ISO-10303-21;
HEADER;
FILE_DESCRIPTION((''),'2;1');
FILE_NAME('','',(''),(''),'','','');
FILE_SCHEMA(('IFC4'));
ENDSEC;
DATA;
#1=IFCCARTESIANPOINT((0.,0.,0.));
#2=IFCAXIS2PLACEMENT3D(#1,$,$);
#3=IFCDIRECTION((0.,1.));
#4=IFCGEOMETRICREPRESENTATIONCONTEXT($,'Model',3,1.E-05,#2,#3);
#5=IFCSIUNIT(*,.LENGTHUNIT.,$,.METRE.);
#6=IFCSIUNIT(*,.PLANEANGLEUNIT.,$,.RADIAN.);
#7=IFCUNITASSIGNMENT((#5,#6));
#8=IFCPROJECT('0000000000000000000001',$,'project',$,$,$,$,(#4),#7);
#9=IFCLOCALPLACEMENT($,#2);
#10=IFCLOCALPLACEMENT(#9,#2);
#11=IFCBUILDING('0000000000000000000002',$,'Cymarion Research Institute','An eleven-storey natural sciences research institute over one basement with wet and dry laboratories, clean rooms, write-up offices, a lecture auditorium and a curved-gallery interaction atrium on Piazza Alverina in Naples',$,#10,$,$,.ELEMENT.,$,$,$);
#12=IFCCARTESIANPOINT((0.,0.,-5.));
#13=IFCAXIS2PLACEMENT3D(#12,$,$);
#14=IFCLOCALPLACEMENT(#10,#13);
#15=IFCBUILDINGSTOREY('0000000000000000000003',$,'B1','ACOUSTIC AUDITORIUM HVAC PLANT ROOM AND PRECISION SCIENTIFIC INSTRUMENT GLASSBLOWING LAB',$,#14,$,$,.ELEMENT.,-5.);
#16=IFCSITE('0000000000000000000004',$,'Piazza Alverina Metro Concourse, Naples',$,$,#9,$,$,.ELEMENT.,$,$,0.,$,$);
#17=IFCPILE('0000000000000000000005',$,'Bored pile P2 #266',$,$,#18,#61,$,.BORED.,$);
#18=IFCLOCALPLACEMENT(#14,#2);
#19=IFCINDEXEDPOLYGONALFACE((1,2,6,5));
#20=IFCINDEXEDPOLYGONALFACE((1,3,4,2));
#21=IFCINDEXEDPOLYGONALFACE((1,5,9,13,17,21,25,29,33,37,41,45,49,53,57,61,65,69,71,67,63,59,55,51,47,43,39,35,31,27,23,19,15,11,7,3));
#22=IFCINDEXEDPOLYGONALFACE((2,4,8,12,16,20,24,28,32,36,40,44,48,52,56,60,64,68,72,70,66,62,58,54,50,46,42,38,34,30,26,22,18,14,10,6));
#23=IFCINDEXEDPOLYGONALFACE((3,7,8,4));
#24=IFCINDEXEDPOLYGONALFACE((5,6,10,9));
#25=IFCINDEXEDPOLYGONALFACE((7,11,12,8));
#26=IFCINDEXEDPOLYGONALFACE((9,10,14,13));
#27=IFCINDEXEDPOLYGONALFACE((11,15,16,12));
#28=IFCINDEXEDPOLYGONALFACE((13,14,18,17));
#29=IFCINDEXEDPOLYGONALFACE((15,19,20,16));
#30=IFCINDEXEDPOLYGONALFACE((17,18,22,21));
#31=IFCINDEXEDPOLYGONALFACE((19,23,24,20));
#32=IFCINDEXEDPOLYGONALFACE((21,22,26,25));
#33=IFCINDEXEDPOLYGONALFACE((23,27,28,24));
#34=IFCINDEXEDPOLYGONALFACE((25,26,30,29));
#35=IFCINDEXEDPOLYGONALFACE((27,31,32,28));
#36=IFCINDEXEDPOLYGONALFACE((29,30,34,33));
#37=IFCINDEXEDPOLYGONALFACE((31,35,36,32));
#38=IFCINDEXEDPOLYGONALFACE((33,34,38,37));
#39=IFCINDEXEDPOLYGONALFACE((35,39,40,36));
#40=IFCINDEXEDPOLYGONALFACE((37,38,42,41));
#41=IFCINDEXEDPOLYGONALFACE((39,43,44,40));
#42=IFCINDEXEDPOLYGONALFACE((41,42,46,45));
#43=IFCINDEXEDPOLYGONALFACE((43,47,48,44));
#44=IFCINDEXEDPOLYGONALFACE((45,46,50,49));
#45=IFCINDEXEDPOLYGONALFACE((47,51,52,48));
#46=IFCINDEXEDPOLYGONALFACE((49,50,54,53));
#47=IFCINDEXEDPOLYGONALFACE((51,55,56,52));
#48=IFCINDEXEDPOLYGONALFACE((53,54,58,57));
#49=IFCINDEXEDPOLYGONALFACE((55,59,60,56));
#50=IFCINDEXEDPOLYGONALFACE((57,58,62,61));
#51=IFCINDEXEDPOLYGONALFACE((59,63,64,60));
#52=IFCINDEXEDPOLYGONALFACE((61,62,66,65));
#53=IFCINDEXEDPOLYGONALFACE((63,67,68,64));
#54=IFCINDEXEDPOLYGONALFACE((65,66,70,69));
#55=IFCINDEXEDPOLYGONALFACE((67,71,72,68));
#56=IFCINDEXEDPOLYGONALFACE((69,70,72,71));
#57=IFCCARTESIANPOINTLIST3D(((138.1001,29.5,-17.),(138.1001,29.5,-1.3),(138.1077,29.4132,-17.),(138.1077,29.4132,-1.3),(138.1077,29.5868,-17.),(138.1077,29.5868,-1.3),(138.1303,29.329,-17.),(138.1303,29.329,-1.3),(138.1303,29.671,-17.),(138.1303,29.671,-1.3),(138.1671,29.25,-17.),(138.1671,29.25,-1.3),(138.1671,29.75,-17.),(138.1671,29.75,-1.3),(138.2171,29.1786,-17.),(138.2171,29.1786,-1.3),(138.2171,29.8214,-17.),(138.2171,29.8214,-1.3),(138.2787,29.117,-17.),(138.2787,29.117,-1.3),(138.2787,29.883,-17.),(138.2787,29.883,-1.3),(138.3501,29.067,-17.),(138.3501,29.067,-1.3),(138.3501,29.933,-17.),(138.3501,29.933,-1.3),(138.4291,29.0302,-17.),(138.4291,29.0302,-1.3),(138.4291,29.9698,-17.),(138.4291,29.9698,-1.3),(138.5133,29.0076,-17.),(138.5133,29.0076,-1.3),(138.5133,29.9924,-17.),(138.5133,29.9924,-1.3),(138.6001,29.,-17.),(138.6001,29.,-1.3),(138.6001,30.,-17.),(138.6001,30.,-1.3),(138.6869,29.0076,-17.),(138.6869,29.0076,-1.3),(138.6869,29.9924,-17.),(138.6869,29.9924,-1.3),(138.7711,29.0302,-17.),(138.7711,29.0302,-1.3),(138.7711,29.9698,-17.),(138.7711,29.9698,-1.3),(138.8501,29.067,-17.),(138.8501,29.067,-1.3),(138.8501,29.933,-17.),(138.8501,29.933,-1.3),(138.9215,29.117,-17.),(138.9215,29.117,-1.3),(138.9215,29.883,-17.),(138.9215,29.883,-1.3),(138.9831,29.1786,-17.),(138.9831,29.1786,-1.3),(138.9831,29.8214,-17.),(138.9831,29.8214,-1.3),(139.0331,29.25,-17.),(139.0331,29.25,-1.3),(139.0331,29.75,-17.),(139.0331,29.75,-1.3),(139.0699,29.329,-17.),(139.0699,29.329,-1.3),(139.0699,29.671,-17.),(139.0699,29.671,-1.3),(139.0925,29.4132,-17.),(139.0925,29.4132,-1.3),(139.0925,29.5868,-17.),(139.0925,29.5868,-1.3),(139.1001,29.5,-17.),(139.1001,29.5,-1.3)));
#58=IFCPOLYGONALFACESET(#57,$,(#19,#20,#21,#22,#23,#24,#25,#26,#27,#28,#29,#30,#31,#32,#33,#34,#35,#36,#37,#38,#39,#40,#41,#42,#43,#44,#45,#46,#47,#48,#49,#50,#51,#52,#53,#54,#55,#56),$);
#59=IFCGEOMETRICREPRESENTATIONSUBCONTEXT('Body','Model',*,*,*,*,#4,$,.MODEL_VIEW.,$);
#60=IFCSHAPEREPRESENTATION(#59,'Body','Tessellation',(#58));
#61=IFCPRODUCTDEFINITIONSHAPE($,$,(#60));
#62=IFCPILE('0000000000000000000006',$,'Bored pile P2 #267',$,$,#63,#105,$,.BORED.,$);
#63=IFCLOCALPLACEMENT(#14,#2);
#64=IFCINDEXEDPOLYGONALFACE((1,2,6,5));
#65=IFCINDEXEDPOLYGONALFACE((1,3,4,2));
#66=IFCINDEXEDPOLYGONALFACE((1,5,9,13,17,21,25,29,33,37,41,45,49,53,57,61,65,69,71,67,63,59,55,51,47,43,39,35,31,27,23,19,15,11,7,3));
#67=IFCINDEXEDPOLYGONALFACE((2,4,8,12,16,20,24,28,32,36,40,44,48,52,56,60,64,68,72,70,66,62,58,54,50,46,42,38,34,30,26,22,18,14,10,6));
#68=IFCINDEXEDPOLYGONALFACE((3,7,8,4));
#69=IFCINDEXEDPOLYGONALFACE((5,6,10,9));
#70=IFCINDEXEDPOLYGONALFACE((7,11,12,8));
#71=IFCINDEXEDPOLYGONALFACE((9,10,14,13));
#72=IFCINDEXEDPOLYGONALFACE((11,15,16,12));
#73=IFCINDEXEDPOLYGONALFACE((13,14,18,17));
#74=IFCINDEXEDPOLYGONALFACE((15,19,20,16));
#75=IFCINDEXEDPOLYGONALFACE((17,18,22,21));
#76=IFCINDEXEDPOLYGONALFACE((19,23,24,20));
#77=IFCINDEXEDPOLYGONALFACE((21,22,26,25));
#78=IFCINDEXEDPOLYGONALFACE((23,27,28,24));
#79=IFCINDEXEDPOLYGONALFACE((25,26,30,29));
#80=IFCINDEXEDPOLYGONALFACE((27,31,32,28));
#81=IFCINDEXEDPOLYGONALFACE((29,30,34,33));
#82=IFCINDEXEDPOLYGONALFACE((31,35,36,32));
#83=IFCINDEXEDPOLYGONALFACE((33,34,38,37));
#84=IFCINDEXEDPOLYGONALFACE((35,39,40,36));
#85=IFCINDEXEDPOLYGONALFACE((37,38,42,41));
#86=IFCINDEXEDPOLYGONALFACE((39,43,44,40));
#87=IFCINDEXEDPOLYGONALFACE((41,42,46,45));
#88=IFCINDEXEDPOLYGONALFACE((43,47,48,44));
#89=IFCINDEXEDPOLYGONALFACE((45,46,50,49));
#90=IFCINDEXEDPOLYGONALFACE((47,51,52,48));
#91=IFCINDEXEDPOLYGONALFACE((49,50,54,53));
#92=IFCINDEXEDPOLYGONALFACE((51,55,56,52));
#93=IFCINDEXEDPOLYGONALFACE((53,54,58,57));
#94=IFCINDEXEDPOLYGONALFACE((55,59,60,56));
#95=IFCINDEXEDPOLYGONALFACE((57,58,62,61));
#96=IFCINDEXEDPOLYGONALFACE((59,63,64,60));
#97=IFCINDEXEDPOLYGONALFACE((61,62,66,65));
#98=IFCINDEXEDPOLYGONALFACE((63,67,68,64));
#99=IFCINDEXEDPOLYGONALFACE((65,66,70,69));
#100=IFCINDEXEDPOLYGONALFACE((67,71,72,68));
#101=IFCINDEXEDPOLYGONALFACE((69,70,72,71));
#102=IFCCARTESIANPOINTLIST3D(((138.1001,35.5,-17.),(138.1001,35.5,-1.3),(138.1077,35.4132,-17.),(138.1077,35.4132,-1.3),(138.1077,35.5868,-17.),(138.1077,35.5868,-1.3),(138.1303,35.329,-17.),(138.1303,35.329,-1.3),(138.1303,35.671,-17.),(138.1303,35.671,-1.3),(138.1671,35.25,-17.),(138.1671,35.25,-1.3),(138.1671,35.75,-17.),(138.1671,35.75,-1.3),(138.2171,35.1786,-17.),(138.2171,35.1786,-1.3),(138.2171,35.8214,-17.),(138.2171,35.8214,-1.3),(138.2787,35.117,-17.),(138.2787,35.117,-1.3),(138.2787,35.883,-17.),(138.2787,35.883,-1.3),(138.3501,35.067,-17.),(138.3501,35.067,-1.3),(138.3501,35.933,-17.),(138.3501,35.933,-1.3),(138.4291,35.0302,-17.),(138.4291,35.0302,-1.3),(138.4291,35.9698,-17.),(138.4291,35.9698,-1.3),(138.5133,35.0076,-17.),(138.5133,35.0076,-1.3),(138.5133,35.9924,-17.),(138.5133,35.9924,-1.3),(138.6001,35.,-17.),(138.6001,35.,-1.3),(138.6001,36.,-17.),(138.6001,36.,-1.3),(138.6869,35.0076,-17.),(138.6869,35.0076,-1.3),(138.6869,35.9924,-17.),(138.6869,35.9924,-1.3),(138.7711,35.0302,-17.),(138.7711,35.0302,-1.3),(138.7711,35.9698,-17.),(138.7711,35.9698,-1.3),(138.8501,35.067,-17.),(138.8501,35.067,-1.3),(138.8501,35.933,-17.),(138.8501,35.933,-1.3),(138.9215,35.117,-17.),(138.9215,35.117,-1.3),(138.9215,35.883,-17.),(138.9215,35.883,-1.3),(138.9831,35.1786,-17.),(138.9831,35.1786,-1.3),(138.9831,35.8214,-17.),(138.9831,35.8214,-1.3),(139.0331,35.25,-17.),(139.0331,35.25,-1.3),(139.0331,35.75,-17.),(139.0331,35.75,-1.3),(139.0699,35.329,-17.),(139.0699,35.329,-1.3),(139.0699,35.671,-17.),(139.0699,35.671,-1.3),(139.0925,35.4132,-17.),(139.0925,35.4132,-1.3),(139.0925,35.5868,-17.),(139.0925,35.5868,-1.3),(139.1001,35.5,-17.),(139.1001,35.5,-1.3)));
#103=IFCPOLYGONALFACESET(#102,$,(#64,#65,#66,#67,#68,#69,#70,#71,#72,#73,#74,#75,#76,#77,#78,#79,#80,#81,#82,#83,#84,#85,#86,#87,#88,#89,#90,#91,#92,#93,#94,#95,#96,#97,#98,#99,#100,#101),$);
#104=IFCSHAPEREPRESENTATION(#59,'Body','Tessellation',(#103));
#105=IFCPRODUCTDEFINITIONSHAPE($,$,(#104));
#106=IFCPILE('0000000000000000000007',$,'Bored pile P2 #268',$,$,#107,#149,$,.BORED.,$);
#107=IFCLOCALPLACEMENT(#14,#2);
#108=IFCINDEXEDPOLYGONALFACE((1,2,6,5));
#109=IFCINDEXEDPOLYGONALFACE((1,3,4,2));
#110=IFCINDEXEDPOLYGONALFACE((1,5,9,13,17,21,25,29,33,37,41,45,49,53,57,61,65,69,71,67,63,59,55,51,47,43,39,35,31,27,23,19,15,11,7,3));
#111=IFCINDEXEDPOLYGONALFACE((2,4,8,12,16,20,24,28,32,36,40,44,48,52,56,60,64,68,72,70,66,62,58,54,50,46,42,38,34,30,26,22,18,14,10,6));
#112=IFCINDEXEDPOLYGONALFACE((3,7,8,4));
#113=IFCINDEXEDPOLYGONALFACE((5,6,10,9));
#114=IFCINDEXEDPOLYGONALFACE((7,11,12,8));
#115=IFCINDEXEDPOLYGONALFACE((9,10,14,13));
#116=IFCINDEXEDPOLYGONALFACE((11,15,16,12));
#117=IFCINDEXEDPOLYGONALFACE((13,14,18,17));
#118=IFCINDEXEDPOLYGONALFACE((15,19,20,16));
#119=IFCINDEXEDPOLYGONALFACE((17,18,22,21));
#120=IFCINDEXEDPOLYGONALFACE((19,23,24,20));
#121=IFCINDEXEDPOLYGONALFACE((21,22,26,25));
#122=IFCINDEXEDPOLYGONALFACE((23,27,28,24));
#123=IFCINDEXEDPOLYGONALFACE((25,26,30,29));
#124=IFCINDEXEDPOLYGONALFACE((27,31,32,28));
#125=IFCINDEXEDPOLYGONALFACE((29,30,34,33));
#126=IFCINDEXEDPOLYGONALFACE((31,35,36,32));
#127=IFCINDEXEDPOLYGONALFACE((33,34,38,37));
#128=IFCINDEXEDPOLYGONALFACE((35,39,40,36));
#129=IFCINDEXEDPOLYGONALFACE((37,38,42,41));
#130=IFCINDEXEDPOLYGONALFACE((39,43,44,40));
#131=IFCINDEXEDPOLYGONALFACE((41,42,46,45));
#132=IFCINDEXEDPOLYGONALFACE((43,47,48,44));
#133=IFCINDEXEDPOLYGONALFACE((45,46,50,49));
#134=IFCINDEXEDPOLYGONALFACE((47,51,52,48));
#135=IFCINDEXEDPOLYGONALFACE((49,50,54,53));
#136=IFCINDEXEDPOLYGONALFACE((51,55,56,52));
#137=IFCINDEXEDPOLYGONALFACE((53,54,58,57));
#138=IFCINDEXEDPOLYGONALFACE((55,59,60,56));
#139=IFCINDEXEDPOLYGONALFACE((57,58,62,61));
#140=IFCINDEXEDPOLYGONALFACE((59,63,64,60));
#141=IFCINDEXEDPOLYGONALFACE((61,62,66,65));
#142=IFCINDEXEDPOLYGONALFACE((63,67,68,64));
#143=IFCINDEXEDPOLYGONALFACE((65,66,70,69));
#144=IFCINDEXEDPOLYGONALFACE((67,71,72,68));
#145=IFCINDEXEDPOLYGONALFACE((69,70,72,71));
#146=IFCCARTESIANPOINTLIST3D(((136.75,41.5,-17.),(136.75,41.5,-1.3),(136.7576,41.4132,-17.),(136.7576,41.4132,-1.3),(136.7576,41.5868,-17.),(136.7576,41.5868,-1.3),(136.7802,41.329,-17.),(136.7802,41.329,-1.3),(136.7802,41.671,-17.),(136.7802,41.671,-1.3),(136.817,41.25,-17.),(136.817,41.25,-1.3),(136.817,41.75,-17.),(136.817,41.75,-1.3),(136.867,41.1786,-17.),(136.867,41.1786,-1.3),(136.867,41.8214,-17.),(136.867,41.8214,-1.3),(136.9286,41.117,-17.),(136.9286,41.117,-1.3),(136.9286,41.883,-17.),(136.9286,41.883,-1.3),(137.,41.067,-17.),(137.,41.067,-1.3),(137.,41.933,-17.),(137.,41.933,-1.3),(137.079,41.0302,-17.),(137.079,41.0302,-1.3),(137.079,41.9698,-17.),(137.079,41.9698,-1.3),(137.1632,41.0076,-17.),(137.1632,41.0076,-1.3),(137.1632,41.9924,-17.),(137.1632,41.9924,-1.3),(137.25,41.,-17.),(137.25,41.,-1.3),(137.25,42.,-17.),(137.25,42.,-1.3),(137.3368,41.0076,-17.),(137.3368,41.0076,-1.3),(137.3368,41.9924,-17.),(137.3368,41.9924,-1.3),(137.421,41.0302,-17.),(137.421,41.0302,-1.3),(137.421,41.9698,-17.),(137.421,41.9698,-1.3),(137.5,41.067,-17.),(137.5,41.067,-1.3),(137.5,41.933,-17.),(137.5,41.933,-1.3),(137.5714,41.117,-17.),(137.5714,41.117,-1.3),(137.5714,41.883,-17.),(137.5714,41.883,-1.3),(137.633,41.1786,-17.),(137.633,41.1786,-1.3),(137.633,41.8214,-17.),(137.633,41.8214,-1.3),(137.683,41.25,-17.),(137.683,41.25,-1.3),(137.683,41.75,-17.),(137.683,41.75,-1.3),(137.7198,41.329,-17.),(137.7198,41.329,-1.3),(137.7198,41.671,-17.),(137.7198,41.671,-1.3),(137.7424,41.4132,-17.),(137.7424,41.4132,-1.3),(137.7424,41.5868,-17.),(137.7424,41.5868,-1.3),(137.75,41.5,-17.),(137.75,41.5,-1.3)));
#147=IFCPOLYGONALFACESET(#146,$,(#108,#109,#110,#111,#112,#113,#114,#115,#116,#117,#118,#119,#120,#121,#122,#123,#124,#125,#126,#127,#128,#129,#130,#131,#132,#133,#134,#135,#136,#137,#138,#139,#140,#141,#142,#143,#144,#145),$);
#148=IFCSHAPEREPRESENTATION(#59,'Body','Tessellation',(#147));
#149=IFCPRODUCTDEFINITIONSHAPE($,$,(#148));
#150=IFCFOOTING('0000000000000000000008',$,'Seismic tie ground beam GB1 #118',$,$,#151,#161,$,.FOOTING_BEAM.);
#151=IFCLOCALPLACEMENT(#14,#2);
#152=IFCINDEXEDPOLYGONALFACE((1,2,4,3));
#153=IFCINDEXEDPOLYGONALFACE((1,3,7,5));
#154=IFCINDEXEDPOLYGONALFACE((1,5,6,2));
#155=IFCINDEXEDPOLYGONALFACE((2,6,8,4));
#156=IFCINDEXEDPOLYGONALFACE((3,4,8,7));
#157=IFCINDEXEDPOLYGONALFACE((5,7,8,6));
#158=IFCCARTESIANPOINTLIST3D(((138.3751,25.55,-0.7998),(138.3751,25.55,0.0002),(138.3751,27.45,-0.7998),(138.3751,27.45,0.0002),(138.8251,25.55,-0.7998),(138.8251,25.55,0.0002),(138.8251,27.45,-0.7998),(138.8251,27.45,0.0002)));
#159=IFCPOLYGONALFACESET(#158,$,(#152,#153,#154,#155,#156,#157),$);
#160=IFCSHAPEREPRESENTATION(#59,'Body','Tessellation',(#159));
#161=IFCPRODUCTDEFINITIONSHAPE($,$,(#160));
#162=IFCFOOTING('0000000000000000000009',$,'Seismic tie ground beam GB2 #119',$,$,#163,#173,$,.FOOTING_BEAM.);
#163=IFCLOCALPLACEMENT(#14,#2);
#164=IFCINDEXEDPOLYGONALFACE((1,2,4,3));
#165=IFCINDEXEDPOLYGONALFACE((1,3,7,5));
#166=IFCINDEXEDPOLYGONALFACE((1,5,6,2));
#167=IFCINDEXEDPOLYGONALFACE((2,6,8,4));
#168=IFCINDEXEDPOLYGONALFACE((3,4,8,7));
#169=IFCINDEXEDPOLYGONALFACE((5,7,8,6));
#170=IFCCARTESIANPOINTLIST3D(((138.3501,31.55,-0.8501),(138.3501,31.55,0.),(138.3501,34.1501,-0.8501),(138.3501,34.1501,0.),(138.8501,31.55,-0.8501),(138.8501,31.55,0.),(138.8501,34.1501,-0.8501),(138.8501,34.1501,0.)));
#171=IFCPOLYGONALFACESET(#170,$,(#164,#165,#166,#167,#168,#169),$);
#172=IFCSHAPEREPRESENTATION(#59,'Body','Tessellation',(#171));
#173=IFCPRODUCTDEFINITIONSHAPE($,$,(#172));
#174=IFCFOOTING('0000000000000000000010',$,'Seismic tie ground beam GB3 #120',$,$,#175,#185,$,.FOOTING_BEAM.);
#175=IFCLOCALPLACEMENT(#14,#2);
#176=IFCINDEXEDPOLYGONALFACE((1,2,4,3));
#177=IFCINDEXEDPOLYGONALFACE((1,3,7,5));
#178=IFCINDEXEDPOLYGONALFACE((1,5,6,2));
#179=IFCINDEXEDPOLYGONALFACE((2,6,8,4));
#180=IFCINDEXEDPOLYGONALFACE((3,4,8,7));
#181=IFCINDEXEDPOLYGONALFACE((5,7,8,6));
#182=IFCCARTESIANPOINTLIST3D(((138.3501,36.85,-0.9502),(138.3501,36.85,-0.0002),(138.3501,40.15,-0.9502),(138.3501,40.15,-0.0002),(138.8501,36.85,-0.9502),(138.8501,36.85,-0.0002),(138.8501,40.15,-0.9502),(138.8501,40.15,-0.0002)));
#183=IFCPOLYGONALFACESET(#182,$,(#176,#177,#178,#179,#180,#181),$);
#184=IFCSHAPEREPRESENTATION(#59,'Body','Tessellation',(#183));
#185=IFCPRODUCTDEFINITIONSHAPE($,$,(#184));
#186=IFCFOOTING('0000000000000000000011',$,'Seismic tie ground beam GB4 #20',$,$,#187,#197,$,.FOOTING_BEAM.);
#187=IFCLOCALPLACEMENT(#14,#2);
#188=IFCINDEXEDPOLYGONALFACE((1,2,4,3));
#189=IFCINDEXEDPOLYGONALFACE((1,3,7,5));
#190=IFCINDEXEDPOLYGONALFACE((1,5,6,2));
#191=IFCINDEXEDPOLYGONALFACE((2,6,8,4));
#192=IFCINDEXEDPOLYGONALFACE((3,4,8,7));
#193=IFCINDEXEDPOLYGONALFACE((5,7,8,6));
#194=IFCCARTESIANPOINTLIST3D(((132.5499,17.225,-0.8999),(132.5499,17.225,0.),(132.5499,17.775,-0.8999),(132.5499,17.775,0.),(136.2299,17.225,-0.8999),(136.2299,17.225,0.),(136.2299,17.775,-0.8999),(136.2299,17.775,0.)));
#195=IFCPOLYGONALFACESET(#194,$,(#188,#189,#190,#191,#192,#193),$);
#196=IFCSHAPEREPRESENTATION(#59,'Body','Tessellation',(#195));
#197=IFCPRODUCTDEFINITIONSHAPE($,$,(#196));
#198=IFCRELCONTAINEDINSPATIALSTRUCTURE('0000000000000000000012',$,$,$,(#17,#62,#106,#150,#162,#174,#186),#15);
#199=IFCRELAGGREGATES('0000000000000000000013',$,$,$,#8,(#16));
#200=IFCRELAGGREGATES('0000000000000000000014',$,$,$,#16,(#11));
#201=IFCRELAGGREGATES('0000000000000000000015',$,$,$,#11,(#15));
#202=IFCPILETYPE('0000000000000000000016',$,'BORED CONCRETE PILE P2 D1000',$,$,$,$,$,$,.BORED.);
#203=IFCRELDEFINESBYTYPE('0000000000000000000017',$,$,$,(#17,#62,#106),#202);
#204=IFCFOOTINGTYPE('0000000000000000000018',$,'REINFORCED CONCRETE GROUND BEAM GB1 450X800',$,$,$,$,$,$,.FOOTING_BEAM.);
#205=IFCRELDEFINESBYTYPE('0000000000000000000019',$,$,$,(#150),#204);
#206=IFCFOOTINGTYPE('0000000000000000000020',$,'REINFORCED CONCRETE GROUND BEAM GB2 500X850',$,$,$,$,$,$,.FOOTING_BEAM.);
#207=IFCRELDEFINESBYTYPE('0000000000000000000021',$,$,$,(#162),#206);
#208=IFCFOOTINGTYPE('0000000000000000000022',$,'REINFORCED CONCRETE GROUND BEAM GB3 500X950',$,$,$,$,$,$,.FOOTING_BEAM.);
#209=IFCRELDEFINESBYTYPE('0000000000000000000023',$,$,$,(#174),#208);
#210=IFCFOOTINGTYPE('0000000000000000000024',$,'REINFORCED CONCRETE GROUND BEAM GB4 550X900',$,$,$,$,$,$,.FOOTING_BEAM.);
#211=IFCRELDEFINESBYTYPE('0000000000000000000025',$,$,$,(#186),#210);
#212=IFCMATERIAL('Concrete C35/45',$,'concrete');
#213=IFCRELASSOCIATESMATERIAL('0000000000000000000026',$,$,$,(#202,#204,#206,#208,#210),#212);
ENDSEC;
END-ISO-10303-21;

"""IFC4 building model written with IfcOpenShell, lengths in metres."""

from ifc_helpers import new_model, si_unit, direction, frame, origin, origin_2d, place, context, subcontext, project, spatial, rectangle, circle, extrude, material, material_profile, profile_set, type_object, element, save


model = new_model("IFC4")

# Units and contexts
model_context = context("Model", 3, precision=1e-05, world=origin(), true_north=direction((0.0, 1.0)))
body_context = subcontext(model_context, "Body", "Model", "MODEL_VIEW")
ifc_project = project(units=[si_unit("LENGTHUNIT", "METRE"), si_unit("PLANEANGLEUNIT", "RADIAN")], contexts=[model_context])

# Site, building, storey
site_placement = place(None, origin())
site = spatial("IfcSite", under=ifc_project, at=site_placement, Name="Piazza Alverina Metro Concourse, Naples", CompositionType="ELEMENT", RefElevation=0.0)
building_placement = place(site_placement, origin())
building = spatial("IfcBuilding", under=site, at=building_placement, Name="Cymarion Research Institute", Description="An eleven-storey natural sciences research institute over one basement with wet and dry laboratories, clean rooms, write-up offices, a lecture auditorium and a curved-gallery interaction atrium on Piazza Alverina in Naples", CompositionType="ELEMENT")
storey_placement = place(building_placement, frame((0.0, 0.0, -5.0)))
storey = spatial("IfcBuildingStorey", under=building, at=storey_placement, Name="B1", Description="ACOUSTIC AUDITORIUM HVAC PLANT ROOM AND PRECISION SCIENTIFIC INSTRUMENT GLASSBLOWING LAB", CompositionType="ELEMENT", Elevation=-5.0)

# Piles
ifc_material_1 = material(Name="Concrete C35/45", Category="concrete")
ifc_material_profile_1 = material_profile(ifc_material_1, circle(Radius=0.5, at=origin_2d()), Name="BORED PILE D1000")
ifc_profile_set_1 = profile_set([ifc_material_profile_1], Name="Concrete C35/45")
pile_type = type_object("IfcPileType", Name="BORED CONCRETE PILE P2 D1000", PredefinedType="BORED", material=ifc_profile_set_1)
for number, where, z_axis, x_axis, name in (
    (1, (138.6001, 29.5, -1.3), (0.0, 0.0, -1.0), (1.0, 0.0, 0.0), "Bored pile P2 #266"),
    (2, (138.6001, 35.5, -1.3), (0.0, 0.0, -1.0), (1.0, 0.0, 0.0), "Bored pile P2 #267"),
    (3, (137.25, 41.5, -1.3), (0.0, 0.0, -1.0), (1.0, 0.0, 0.0), "Bored pile P2 #268"),
):
    element("IfcPile", number, at=place(storey_placement, frame(where, z_axis=z_axis, x_axis=x_axis)), inside=storey, type_object=pile_type, Name=name, PredefinedType="BORED", context=body_context, shape_type="SweptSolid", body=[
        extrude(circle(Radius=0.5, at=origin_2d()), origin(), (0.0, 0.0, 1.0), 15.7),
    ])

# Footings
footing_type_1 = type_object("IfcFootingType", Name="REINFORCED CONCRETE GROUND BEAM GB1 450X800", PredefinedType="FOOTING_BEAM", material=ifc_material_1)
footing_1_placement = place(storey_placement, frame((138.6001, 26.5, -0.7998), z_axis=(0.0, 0.0, 1.0), x_axis=(0.0, 1.0, 0.0)))
element("IfcFooting", 4, at=footing_1_placement, inside=storey, type_object=footing_type_1, Name="Seismic tie ground beam GB1 #118", PredefinedType="FOOTING_BEAM", context=body_context, shape_type="SweptSolid", body=[
    extrude(rectangle(XDim=1.8999, YDim=0.45, at=origin_2d()), origin(), (0.0, 0.0, 1.0), 0.8),
])
footing_type_2 = type_object("IfcFootingType", Name="REINFORCED CONCRETE GROUND BEAM GB2 500X850", PredefinedType="FOOTING_BEAM", material=ifc_material_1)
footing_2_placement = place(storey_placement, frame((138.6001, 32.8501, -0.8501), z_axis=(0.0, 0.0, 1.0), x_axis=(0.0, 1.0, 0.0)))
element("IfcFooting", 5, at=footing_2_placement, inside=storey, type_object=footing_type_2, Name="Seismic tie ground beam GB2 #119", PredefinedType="FOOTING_BEAM", context=body_context, shape_type="SweptSolid", body=[
    extrude(rectangle(XDim=2.6001, YDim=0.5, at=origin_2d()), origin(), (0.0, 0.0, 1.0), 0.8501),
])
footing_type_3 = type_object("IfcFootingType", Name="REINFORCED CONCRETE GROUND BEAM GB3 500X950", PredefinedType="FOOTING_BEAM", material=ifc_material_1)
footing_3_placement = place(storey_placement, frame((138.6001, 38.5, -0.9502), z_axis=(0.0, 0.0, 1.0), x_axis=(0.0, 1.0, 0.0)))
element("IfcFooting", 6, at=footing_3_placement, inside=storey, type_object=footing_type_3, Name="Seismic tie ground beam GB3 #120", PredefinedType="FOOTING_BEAM", context=body_context, shape_type="SweptSolid", body=[
    extrude(rectangle(XDim=3.3, YDim=0.5, at=origin_2d()), origin(), (0.0, 0.0, 1.0), 0.95),
])
footing_type_4 = type_object("IfcFootingType", Name="REINFORCED CONCRETE GROUND BEAM GB4 550X900", PredefinedType="FOOTING_BEAM", material=ifc_material_1)
footing_4_placement = place(storey_placement, frame((134.3899, 17.5, -0.8999), z_axis=(0.0, 0.0, 1.0), x_axis=(1.0, 0.0, 0.0)))
element("IfcFooting", 7, at=footing_4_placement, inside=storey, type_object=footing_type_4, Name="Seismic tie ground beam GB4 #20", PredefinedType="FOOTING_BEAM", context=body_context, shape_type="SweptSolid", body=[
    extrude(rectangle(XDim=3.6799, YDim=0.55, at=origin_2d()), origin(), (0.0, 0.0, 1.0), 0.8999),
])

save(model, "model.ifc")
